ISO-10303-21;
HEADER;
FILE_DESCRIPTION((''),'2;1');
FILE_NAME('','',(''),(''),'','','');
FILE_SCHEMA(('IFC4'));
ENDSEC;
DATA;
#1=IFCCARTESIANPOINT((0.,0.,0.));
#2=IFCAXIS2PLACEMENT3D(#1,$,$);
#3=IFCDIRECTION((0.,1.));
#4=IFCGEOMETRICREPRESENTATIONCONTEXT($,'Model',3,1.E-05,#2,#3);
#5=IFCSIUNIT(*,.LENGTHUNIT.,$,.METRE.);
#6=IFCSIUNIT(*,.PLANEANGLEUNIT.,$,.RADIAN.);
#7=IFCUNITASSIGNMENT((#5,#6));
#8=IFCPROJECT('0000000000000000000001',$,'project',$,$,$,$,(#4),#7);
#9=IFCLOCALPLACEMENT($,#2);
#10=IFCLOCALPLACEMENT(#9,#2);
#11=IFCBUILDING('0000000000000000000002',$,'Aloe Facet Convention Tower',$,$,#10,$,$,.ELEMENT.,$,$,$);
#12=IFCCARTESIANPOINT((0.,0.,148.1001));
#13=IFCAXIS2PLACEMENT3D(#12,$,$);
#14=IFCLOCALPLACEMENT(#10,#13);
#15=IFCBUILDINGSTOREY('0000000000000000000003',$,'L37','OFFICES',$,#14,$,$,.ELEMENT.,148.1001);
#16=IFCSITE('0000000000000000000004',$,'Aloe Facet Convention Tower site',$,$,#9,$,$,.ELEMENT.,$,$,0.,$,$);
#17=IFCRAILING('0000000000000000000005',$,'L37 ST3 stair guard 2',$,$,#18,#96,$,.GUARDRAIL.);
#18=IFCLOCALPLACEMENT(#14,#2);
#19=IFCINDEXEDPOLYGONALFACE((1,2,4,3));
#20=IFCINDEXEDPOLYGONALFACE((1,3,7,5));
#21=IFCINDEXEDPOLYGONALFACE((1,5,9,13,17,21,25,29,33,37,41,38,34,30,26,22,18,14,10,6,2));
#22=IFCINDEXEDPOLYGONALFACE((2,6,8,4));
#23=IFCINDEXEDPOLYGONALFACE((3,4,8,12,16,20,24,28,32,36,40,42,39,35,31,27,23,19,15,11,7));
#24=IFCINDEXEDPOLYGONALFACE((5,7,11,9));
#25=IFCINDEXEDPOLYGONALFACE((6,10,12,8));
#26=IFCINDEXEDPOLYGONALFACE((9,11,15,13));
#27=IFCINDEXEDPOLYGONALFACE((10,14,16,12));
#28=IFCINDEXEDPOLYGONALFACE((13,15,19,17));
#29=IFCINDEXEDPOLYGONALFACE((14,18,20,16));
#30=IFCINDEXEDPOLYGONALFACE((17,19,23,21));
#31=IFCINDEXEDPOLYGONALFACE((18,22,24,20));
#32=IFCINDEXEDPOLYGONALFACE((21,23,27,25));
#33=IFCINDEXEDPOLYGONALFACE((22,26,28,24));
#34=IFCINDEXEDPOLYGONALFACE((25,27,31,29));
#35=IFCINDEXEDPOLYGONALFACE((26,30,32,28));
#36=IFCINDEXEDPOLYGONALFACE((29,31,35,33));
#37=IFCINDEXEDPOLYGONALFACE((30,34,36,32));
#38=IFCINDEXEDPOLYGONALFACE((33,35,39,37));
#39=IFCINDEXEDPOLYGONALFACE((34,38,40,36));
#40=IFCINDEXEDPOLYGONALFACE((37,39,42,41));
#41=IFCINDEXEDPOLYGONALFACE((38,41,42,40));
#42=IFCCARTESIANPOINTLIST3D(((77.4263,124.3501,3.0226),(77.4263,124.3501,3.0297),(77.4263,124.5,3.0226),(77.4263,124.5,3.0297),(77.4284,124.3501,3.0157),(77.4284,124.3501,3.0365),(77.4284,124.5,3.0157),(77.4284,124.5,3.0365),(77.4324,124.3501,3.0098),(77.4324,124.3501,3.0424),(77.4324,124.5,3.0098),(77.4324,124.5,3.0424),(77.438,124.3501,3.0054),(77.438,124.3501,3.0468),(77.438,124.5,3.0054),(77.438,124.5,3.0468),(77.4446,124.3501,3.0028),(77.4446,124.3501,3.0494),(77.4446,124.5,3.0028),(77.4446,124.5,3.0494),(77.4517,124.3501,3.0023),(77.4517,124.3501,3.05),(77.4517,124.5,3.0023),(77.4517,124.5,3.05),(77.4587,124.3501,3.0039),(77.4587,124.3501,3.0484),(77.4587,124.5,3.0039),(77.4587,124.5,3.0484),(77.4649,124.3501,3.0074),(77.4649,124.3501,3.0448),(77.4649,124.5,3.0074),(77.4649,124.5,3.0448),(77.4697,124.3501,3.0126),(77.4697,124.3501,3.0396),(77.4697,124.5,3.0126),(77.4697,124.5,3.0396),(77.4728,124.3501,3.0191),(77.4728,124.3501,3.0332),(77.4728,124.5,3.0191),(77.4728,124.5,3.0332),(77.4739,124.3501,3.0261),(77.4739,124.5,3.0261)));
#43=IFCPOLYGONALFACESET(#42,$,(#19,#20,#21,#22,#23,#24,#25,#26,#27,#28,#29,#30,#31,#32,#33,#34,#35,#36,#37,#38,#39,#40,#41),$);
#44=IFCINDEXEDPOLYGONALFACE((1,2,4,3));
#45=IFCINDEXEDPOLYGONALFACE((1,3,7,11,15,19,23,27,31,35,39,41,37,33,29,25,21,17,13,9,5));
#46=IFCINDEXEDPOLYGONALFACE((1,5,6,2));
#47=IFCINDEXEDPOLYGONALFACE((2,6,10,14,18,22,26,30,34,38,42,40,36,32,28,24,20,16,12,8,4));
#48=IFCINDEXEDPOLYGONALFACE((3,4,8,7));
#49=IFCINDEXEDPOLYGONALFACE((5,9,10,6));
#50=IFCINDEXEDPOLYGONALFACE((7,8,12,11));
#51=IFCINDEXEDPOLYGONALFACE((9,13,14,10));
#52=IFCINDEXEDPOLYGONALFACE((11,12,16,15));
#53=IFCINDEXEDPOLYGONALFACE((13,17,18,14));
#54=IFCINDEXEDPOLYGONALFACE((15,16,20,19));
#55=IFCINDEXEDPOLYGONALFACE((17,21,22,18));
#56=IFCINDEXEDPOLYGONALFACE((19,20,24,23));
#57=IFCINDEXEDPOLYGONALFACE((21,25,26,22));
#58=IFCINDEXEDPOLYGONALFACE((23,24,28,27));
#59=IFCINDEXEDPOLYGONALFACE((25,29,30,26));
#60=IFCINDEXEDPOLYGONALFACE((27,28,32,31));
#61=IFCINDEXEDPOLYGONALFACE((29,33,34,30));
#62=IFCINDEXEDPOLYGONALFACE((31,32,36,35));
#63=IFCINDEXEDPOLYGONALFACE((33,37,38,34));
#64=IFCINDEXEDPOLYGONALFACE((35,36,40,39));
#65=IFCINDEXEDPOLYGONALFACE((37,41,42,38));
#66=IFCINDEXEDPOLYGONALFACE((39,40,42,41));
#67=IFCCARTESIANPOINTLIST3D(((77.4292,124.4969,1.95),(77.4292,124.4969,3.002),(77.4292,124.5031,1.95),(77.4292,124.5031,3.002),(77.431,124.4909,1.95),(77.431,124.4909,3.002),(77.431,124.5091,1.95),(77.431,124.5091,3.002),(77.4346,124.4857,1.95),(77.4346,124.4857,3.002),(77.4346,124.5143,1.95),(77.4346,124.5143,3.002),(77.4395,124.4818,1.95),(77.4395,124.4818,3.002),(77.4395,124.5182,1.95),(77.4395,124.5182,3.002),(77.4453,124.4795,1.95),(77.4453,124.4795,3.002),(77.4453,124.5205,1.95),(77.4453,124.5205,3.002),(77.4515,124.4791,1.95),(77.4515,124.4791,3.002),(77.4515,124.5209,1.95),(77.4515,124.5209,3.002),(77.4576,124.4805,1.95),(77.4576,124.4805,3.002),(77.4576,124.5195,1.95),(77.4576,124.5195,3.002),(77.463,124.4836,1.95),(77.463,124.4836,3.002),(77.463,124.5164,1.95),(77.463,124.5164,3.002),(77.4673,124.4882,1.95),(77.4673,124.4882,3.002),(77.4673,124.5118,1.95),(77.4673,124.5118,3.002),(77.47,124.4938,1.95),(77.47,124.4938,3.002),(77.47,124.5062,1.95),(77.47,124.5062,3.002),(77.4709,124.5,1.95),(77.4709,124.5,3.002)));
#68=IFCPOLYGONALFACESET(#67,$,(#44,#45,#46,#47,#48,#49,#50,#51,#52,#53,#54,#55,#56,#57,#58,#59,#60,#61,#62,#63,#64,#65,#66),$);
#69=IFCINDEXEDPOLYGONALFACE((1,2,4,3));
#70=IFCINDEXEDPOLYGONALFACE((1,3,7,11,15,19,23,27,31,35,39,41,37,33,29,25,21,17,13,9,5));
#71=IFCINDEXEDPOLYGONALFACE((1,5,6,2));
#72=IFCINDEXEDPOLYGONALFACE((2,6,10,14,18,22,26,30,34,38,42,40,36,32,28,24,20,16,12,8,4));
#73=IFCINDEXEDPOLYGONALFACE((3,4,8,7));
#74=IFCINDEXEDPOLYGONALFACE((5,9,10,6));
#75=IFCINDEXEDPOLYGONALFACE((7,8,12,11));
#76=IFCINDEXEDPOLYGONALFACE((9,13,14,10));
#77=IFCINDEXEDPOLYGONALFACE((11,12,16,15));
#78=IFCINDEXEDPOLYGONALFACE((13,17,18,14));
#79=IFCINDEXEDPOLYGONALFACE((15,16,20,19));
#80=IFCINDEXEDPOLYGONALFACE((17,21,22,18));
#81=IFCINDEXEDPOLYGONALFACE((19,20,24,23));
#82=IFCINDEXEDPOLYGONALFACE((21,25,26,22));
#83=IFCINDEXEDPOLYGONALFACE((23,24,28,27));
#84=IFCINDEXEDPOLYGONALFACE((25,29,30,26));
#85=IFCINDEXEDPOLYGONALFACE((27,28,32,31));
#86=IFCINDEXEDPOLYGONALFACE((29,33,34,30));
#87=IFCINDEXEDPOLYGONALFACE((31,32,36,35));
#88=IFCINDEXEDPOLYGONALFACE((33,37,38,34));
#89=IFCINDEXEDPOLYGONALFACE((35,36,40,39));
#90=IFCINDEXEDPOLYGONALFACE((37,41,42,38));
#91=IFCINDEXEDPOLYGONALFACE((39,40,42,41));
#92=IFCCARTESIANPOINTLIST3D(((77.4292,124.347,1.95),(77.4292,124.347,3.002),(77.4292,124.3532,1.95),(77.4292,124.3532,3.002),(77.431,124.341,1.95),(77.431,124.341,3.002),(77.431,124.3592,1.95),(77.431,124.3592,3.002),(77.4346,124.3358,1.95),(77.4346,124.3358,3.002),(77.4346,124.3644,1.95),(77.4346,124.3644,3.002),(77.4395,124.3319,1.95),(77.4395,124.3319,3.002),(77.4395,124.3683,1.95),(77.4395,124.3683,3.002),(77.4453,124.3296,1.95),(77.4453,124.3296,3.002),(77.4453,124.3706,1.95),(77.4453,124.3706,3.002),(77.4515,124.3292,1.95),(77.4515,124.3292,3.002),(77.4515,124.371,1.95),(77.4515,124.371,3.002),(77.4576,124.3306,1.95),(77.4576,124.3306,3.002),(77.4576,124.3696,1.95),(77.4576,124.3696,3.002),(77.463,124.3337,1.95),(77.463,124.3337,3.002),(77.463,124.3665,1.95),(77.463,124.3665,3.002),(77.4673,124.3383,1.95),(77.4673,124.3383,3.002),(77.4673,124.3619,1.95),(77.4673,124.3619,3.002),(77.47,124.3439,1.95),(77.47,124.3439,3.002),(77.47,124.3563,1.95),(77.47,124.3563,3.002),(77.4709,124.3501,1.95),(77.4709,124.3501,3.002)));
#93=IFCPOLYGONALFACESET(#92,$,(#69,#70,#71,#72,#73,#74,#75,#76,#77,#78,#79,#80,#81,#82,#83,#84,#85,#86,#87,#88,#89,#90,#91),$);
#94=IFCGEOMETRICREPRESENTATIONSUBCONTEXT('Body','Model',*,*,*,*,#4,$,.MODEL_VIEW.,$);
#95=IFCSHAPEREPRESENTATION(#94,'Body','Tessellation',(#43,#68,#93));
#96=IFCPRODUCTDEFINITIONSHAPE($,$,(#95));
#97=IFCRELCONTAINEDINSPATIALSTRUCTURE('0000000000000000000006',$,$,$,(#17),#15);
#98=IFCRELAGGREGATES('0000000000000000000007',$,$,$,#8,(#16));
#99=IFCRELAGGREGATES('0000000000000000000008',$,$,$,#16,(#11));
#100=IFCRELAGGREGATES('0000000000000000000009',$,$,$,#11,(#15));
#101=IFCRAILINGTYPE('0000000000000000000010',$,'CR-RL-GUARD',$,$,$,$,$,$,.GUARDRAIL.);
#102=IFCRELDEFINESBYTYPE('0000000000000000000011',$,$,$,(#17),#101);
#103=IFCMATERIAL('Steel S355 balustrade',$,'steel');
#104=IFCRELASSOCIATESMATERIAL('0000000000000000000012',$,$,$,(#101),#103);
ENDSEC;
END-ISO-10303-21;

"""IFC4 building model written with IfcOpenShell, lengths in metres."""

from ifc_helpers import new_model, si_unit, direction, frame, origin, origin_2d, place, context, subcontext, project, spatial, circle, extrude, material, type_object, element, save


model = new_model("IFC4")

# Units and contexts
model_context = context("Model", 3, precision=1e-05, world=origin(), true_north=direction((0.0, 1.0)))
body_context = subcontext(model_context, "Body", "Model", "MODEL_VIEW")
ifc_project = project(units=[si_unit("LENGTHUNIT", "METRE"), si_unit("PLANEANGLEUNIT", "RADIAN")], contexts=[model_context])

# Site, building, storey
site_placement = place(None, origin())
site = spatial("IfcSite", under=ifc_project, at=site_placement, Name="Aloe Facet Convention Tower site", CompositionType="ELEMENT", RefElevation=0.0)
building_placement = place(site_placement, origin())
building = spatial("IfcBuilding", under=site, at=building_placement, Name="Aloe Facet Convention Tower", CompositionType="ELEMENT")
storey_placement = place(building_placement, frame((0.0, 0.0, 148.1001)))
storey = spatial("IfcBuildingStorey", under=building, at=storey_placement, Name="L37", Description="OFFICES", CompositionType="ELEMENT", Elevation=148.1001)

# Railing
ifc_material_1 = material(Name="Steel S355 balustrade", Category="steel")
railing_type_1 = type_object("IfcRailingType", Name="CR-RL-GUARD", PredefinedType="GUARDRAIL", material=ifc_material_1)
railing_1_placement = place(storey_placement, frame((77.45, 124.5, 1.95)))
element("IfcRailing", 1, at=railing_1_placement, inside=storey, type_object=railing_type_1, Name="L37 ST3 stair guard 2", PredefinedType="GUARDRAIL", context=body_context, shape_type="SweptSolid", body=[
    extrude(circle(Radius=0.0239, at=origin_2d()), frame((0.0, 0.0, 1.0762), z_axis=(0.0, -1.0, 0.0), x_axis=(1.0, 0.0, 0.0)), (0.0, 0.0, 1.0), 0.1499),
    extrude(circle(Radius=0.021, at=origin_2d()), origin(), (0.0, 0.0, 1.0), 1.052),
    extrude(circle(Radius=0.021, at=origin_2d()), frame((0.0, -0.1499, 0.0)), (0.0, 0.0, 1.0), 1.052),
])

save(model, "model.ifc")
